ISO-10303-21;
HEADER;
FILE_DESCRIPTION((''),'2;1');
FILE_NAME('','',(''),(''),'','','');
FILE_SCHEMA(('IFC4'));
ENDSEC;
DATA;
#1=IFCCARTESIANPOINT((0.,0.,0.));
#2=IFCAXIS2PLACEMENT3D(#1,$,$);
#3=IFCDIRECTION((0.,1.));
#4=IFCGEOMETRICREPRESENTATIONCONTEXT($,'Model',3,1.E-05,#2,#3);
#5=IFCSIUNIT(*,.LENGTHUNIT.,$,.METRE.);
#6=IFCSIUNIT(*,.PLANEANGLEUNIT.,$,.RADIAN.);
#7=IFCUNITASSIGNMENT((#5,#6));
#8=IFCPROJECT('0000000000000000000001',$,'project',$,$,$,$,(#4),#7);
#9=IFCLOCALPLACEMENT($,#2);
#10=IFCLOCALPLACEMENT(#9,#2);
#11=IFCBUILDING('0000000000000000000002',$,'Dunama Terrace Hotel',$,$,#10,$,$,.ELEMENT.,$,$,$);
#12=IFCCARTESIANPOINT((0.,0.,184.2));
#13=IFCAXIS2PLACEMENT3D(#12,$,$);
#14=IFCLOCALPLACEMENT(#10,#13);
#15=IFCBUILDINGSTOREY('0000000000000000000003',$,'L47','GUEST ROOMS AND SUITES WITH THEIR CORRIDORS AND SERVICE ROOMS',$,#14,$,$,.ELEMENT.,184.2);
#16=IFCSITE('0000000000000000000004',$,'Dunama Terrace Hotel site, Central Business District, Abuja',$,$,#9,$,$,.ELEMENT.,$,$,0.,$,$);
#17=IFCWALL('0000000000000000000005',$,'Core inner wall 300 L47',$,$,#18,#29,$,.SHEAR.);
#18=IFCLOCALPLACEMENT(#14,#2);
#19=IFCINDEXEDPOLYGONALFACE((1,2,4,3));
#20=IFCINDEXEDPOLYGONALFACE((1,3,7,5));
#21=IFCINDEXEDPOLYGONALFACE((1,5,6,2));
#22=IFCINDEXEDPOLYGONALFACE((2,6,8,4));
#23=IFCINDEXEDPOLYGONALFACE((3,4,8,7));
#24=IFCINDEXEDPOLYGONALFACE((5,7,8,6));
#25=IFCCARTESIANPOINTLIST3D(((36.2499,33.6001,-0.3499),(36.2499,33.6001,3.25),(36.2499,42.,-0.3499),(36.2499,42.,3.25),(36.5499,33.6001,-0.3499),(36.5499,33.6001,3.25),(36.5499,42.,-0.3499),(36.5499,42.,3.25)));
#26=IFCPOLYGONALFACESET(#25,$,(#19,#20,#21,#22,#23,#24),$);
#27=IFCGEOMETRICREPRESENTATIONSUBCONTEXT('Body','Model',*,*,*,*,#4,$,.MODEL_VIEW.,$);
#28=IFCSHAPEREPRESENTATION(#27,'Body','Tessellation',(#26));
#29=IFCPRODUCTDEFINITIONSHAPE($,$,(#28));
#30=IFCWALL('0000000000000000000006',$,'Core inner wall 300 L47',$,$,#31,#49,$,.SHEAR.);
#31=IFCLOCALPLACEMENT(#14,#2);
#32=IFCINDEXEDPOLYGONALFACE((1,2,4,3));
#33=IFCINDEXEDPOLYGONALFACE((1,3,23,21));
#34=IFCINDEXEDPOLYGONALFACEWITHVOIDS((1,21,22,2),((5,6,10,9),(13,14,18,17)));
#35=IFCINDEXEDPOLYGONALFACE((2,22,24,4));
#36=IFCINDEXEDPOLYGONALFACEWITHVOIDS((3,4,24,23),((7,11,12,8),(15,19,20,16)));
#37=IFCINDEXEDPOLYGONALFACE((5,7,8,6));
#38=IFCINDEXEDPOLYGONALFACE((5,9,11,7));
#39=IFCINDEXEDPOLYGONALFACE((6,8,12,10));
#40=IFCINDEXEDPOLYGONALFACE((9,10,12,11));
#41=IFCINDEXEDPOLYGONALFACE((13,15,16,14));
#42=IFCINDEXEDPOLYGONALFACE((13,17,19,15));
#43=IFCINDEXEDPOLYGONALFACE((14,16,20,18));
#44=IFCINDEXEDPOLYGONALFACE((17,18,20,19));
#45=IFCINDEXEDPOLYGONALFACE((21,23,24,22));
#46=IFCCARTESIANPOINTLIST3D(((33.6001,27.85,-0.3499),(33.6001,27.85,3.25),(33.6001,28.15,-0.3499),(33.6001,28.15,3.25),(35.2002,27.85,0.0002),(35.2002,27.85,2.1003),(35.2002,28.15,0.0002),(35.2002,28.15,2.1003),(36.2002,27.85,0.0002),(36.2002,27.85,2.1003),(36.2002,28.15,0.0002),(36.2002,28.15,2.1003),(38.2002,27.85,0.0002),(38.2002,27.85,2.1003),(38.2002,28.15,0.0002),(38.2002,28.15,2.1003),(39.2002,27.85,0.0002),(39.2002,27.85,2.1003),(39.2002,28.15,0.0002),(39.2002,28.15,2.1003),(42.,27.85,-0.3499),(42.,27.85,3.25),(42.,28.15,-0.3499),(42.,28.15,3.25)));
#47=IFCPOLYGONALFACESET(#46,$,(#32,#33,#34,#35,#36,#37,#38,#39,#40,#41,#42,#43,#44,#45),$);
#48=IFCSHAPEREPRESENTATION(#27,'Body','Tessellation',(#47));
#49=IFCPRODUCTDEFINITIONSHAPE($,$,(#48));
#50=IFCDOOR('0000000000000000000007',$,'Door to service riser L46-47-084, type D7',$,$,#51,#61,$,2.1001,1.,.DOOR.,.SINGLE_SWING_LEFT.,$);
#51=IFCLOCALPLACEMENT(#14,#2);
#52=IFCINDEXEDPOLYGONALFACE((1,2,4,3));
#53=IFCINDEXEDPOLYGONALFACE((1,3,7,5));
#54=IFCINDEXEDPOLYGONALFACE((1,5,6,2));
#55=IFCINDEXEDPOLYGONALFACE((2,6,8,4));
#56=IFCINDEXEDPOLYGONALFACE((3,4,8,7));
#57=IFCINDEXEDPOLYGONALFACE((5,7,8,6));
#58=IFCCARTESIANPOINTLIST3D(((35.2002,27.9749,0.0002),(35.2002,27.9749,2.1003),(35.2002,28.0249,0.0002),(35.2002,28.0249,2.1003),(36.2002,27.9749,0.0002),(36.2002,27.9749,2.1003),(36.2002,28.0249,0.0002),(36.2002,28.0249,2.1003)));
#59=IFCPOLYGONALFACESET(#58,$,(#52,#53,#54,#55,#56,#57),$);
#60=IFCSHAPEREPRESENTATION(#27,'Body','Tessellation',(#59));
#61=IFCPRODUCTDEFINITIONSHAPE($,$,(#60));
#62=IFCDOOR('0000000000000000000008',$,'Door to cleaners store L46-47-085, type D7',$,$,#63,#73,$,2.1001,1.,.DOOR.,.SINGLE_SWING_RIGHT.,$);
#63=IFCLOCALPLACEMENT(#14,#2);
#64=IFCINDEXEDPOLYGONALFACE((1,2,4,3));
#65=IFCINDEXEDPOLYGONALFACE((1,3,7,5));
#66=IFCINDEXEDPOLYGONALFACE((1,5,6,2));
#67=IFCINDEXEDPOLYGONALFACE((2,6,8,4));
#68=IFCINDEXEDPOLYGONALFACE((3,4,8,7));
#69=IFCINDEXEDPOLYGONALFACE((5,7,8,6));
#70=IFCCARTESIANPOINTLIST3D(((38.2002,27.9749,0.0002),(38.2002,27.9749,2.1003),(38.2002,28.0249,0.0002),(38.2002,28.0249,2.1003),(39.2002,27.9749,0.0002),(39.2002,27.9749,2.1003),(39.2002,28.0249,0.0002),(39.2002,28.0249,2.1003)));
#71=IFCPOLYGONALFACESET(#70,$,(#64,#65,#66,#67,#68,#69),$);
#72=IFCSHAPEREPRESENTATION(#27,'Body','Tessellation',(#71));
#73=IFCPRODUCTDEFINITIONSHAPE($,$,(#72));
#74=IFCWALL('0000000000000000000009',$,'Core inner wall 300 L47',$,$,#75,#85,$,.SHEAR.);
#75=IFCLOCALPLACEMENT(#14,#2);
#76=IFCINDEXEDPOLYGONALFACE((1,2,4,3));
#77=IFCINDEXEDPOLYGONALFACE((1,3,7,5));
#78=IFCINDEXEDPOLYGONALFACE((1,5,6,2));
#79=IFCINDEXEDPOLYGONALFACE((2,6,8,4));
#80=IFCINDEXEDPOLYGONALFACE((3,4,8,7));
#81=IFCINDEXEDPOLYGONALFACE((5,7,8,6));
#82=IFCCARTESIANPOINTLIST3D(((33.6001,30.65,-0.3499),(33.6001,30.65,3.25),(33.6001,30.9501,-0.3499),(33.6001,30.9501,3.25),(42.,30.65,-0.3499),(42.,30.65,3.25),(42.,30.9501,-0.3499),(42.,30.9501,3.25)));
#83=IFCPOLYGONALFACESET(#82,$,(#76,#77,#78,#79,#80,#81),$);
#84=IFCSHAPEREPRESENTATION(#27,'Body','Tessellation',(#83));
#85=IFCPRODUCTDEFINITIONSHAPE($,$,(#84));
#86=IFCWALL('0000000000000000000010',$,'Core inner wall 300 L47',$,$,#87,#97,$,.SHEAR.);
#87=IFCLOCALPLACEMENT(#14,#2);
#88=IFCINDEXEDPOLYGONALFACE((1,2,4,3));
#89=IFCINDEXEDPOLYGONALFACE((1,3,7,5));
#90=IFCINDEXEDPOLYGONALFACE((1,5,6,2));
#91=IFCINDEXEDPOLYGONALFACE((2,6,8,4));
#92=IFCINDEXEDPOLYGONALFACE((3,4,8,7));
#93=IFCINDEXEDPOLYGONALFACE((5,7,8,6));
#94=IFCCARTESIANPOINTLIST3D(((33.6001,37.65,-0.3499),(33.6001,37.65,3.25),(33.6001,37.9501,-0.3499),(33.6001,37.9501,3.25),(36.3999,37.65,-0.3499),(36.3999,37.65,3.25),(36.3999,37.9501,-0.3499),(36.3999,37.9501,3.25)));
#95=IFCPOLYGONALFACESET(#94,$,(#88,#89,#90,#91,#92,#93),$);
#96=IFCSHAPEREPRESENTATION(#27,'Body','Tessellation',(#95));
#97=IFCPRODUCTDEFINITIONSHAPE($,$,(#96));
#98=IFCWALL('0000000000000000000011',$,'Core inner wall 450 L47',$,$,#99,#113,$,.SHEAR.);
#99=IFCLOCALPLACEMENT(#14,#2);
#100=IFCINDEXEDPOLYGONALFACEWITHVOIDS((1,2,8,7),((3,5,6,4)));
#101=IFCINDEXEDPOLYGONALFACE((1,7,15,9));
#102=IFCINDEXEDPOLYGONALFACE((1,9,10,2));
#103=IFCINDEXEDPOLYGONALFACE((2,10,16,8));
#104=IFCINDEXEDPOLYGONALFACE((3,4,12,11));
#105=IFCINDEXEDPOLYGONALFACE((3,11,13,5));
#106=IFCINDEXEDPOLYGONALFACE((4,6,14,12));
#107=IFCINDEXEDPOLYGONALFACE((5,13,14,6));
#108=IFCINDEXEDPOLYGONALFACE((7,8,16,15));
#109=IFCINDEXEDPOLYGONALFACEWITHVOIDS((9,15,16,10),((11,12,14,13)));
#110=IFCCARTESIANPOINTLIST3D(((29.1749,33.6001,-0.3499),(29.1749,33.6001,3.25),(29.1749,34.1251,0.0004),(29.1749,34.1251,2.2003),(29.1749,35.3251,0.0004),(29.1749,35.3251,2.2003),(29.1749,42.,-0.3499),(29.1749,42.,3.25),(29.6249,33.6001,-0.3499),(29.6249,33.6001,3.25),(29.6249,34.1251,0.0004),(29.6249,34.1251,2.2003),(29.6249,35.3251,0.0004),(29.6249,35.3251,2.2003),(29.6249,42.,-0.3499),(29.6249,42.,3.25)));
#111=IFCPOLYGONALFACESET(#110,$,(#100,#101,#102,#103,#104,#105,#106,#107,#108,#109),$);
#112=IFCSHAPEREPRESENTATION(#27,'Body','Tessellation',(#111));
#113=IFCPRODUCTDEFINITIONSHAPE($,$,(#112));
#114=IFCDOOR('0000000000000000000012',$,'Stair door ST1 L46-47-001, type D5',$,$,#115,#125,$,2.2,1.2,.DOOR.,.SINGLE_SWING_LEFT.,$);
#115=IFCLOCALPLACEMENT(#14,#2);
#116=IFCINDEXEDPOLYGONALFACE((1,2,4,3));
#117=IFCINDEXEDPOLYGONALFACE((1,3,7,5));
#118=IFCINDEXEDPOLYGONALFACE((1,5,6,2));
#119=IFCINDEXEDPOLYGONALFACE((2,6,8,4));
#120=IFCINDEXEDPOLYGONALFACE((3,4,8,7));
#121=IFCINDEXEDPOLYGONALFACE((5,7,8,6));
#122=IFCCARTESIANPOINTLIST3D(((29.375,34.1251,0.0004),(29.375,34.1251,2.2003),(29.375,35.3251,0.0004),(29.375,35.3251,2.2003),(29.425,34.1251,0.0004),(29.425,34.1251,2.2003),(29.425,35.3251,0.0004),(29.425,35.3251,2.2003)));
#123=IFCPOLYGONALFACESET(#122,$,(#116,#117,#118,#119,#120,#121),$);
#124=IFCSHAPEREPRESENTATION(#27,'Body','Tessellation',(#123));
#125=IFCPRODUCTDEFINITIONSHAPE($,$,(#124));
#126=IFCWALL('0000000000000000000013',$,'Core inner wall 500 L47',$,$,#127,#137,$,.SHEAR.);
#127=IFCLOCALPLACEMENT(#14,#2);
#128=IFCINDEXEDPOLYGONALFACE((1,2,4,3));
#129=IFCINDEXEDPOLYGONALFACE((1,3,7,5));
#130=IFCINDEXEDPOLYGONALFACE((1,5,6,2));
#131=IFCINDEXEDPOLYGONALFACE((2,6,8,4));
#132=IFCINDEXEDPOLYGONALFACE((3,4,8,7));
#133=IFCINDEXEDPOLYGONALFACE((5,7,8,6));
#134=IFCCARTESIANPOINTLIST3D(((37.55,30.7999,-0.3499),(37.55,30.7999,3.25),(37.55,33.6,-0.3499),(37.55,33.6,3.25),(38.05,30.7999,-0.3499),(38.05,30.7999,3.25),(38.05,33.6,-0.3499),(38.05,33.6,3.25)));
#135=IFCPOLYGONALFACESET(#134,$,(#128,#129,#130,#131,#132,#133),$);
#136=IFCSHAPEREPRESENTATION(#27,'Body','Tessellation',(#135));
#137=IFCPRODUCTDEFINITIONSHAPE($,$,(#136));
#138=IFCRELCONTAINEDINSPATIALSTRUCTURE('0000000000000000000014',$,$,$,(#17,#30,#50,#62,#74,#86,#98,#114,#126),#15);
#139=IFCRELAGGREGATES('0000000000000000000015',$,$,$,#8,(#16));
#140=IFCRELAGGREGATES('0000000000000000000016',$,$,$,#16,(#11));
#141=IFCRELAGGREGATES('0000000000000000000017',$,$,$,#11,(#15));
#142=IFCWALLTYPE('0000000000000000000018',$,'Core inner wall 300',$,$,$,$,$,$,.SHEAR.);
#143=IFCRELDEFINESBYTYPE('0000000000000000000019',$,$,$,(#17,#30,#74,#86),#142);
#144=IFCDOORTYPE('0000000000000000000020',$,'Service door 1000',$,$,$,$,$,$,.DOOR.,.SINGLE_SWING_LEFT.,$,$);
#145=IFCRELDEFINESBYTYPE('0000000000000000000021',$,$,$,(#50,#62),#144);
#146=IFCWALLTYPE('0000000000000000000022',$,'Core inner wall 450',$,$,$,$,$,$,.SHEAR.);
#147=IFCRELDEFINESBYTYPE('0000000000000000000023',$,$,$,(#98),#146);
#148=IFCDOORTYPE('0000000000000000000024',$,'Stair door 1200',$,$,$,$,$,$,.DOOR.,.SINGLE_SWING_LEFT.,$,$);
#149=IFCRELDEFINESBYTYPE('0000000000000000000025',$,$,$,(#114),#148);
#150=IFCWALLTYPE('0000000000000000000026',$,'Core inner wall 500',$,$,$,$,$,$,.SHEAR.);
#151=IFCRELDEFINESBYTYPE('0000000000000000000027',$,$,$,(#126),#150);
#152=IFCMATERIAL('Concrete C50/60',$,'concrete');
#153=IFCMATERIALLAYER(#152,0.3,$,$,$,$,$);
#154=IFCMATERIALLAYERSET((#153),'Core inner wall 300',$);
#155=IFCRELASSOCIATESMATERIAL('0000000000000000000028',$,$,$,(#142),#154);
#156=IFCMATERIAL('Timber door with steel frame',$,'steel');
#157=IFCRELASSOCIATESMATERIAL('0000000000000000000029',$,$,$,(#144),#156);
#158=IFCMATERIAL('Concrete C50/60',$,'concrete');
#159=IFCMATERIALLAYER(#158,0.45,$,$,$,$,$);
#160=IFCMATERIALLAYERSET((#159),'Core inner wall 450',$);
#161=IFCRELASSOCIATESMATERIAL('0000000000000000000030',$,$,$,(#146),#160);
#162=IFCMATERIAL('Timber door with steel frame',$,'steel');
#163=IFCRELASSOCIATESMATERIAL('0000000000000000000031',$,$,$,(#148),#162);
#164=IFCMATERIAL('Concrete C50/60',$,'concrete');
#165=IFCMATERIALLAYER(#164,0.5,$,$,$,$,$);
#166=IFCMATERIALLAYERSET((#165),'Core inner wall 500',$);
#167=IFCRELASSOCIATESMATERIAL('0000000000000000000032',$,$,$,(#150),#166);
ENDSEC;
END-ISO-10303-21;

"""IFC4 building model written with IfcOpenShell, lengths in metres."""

from ifc_helpers import new_model, si_unit, direction, frame, frame_2d, origin, place, context, subcontext, project, spatial, rectangle, extrude, material, layer, layer_set, type_object, element, fill, save


model = new_model("IFC4")

# Units and contexts
model_context = context("Model", 3, precision=1e-05, world=origin(), true_north=direction((0.0, 1.0)))
body_context = subcontext(model_context, "Body", "Model", "MODEL_VIEW")
ifc_project = project(units=[si_unit("LENGTHUNIT", "METRE"), si_unit("PLANEANGLEUNIT", "RADIAN")], contexts=[model_context])

# Site, building, storey
site_placement = place(None, origin())
site = spatial("IfcSite", under=ifc_project, at=site_placement, Name="Dunama Terrace Hotel site, Central Business District, Abuja", CompositionType="ELEMENT", RefElevation=0.0)
building_placement = place(site_placement, origin())
building = spatial("IfcBuilding", under=site, at=building_placement, Name="Dunama Terrace Hotel", CompositionType="ELEMENT")
storey_placement = place(building_placement, frame((0.0, 0.0, 184.2)))
storey = spatial("IfcBuildingStorey", under=building, at=storey_placement, Name="L47", Description="GUEST ROOMS AND SUITES WITH THEIR CORRIDORS AND SERVICE ROOMS", CompositionType="ELEMENT", Elevation=184.2)

# Wall
ifc_material_1 = material(Name="Concrete C50/60", Category="concrete")
ifc_layer_1 = layer(ifc_material_1, 0.3)
ifc_layer_set_1 = layer_set([ifc_layer_1], Name="Core inner wall 300")
wall_type_1 = type_object("IfcWallType", Name="Core inner wall 300", PredefinedType="SHEAR", material=ifc_layer_set_1)
wall_1_placement = place(storey_placement, frame((36.3999, 33.6001, -0.3499), z_axis=(0.0, 0.0, 1.0), x_axis=(0.0, 1.0, 0.0)))
element("IfcWall", 1, at=wall_1_placement, inside=storey, type_object=wall_type_1, Name="Core inner wall 300 L47", PredefinedType="SHEAR", context=body_context, shape_type="SweptSolid", body=[
    extrude(rectangle(XDim=8.3999, YDim=0.3, at=frame_2d((4.2, 0.0))), origin(), (0.0, 0.0, 1.0), 3.5999),
])

# Wall, openings, doors
wall_2_placement = place(storey_placement, frame((33.6001, 28.0, -0.3499), z_axis=(0.0, 0.0, 1.0), x_axis=(1.0, 0.0, 0.0)))
wall_2 = element("IfcWall", 2, at=wall_2_placement, inside=storey, type_object=wall_type_1, Name="Core inner wall 300 L47", PredefinedType="SHEAR", context=body_context, shape_type="SweptSolid", body=[
    extrude(rectangle(XDim=8.3999, YDim=0.3, at=frame_2d((4.2, 0.0))), origin(), (0.0, 0.0, 1.0), 3.5999),
])
opening_1_placement = place(wall_2_placement, frame((1.6001, 0.0, 0.3501)))
opening_1 = element("IfcOpeningElement", 3, at=opening_1_placement, cuts=wall_2, PredefinedType="OPENING", context=body_context, shape_type="SweptSolid", body=[
    extrude(rectangle(XDim=1.0, YDim=2.1001, at=frame_2d((0.5, 1.05))), frame((0.0, 0.1599, 0.0), z_axis=(0.0, -1.0, 0.0), x_axis=(1.0, 0.0, 0.0)), (0.0, 0.0, 1.0), 0.3201),
])
opening_2_placement = place(wall_2_placement, frame((4.6001, 0.0, 0.3501)))
opening_2 = element("IfcOpeningElement", 4, at=opening_2_placement, cuts=wall_2, PredefinedType="OPENING", context=body_context, shape_type="SweptSolid", body=[
    extrude(rectangle(XDim=1.0, YDim=2.1001, at=frame_2d((0.5, 1.05))), frame((0.0, 0.1599, 0.0), z_axis=(0.0, -1.0, 0.0), x_axis=(1.0, 0.0, 0.0)), (0.0, 0.0, 1.0), 0.3201),
])
ifc_material_2 = material(Name="Timber door with steel frame", Category="steel")
door_type_1 = type_object("IfcDoorType", Name="Service door 1000", OperationType="SINGLE_SWING_LEFT", PredefinedType="DOOR", material=ifc_material_2)
door_1_placement = place(opening_1_placement, frame((1.0, 0.0, 0.0), z_axis=(0.0, 0.0, 1.0), x_axis=(-1.0, 0.0, 0.0)))
door_1 = element("IfcDoor", 5, at=door_1_placement, inside=storey, type_object=door_type_1, Name="Door to service riser L46-47-084, type D7", OperationType="SINGLE_SWING_LEFT", OverallHeight=2.1001, OverallWidth=1.0, PredefinedType="DOOR", context=body_context, shape_type="SweptSolid", body=[
    extrude(rectangle(XDim=1.0, YDim=2.1001, at=frame_2d((0.5, 1.05))), frame((0.0, 0.0251, 0.0), z_axis=(0.0, -1.0, 0.0), x_axis=(1.0, 0.0, 0.0)), (0.0, 0.0, 1.0), 0.05),
])
fill(opening_1, door_1)
door_2_placement = place(opening_2_placement, frame((1.0, 0.0, 0.0), z_axis=(0.0, 0.0, 1.0), x_axis=(-1.0, 0.0, 0.0)))
door_2 = element("IfcDoor", 6, at=door_2_placement, inside=storey, type_object=door_type_1, Name="Door to cleaners store L46-47-085, type D7", OperationType="SINGLE_SWING_RIGHT", OverallHeight=2.1001, OverallWidth=1.0, PredefinedType="DOOR", context=body_context, shape_type="SweptSolid", body=[
    extrude(rectangle(XDim=1.0, YDim=2.1001, at=frame_2d((0.5, 1.05))), frame((0.0, 0.0251, 0.0), z_axis=(0.0, -1.0, 0.0), x_axis=(1.0, 0.0, 0.0)), (0.0, 0.0, 1.0), 0.05),
])
fill(opening_2, door_2)

# Walls
wall_3_placement = place(storey_placement, frame((33.6001, 30.8, -0.3499), z_axis=(0.0, 0.0, 1.0), x_axis=(1.0, 0.0, 0.0)))
element("IfcWall", 7, at=wall_3_placement, inside=storey, type_object=wall_type_1, Name="Core inner wall 300 L47", PredefinedType="SHEAR", context=body_context, shape_type="SweptSolid", body=[
    extrude(rectangle(XDim=8.3999, YDim=0.3, at=frame_2d((4.2, 0.0))), origin(), (0.0, 0.0, 1.0), 3.5999),
])
wall_4_placement = place(storey_placement, frame((33.6001, 37.8, -0.3499), z_axis=(0.0, 0.0, 1.0), x_axis=(1.0, 0.0, 0.0)))
element("IfcWall", 8, at=wall_4_placement, inside=storey, type_object=wall_type_1, Name="Core inner wall 300 L47", PredefinedType="SHEAR", context=body_context, shape_type="SweptSolid", body=[
    extrude(rectangle(XDim=2.7998, YDim=0.3, at=frame_2d((1.3999, 0.0))), origin(), (0.0, 0.0, 1.0), 3.5999),
])

# Wall, opening, door
ifc_material_3 = material(Name="Concrete C50/60", Category="concrete")
ifc_layer_2 = layer(ifc_material_3, 0.45)
ifc_layer_set_2 = layer_set([ifc_layer_2], Name="Core inner wall 450")
wall_type_2 = type_object("IfcWallType", Name="Core inner wall 450", PredefinedType="SHEAR", material=ifc_layer_set_2)
wall_5_placement = place(storey_placement, frame((29.3999, 33.6001, -0.3499), z_axis=(0.0, 0.0, 1.0), x_axis=(0.0, 1.0, 0.0)))
wall_5 = element("IfcWall", 9, at=wall_5_placement, inside=storey, type_object=wall_type_2, Name="Core inner wall 450 L47", PredefinedType="SHEAR", context=body_context, shape_type="SweptSolid", body=[
    extrude(rectangle(XDim=8.3999, YDim=0.45, at=frame_2d((4.2, 0.0))), origin(), (0.0, 0.0, 1.0), 3.5999),
])
opening_3_placement = place(wall_5_placement, frame((0.5249, 0.0, 0.3501)))
opening_3 = element("IfcOpeningElement", 10, at=opening_3_placement, cuts=wall_5, PredefinedType="OPENING", context=body_context, shape_type="SweptSolid", body=[
    extrude(rectangle(XDim=1.2, YDim=2.2, at=frame_2d((0.6001, 1.1001))), frame((0.0, 0.2349, 0.0), z_axis=(0.0, -1.0, 0.0), x_axis=(1.0, 0.0, 0.0)), (0.0, 0.0, 1.0), 0.47),
])
ifc_material_4 = material(Name="Timber door with steel frame", Category="steel")
door_type_2 = type_object("IfcDoorType", Name="Stair door 1200", OperationType="SINGLE_SWING_LEFT", PredefinedType="DOOR", material=ifc_material_4)
door_3_placement = place(opening_3_placement, origin())
door_3 = element("IfcDoor", 11, at=door_3_placement, inside=storey, type_object=door_type_2, Name="Stair door ST1 L46-47-001, type D5", OperationType="SINGLE_SWING_LEFT", OverallHeight=2.2, OverallWidth=1.2, PredefinedType="DOOR", context=body_context, shape_type="SweptSolid", body=[
    extrude(rectangle(XDim=1.2, YDim=2.2, at=frame_2d((0.6001, 1.1001))), frame((0.0, 0.0249, 0.0), z_axis=(0.0, -1.0, 0.0), x_axis=(1.0, 0.0, 0.0)), (0.0, 0.0, 1.0), 0.05),
])
fill(opening_3, door_3)

# Wall
ifc_material_5 = material(Name="Concrete C50/60", Category="concrete")
ifc_layer_3 = layer(ifc_material_5, 0.5)
ifc_layer_set_3 = layer_set([ifc_layer_3], Name="Core inner wall 500")
wall_type_3 = type_object("IfcWallType", Name="Core inner wall 500", PredefinedType="SHEAR", material=ifc_layer_set_3)
wall_6_placement = place(storey_placement, frame((37.8, 30.8, -0.3499), z_axis=(0.0, 0.0, 1.0), x_axis=(0.0, 1.0, 0.0)))
element("IfcWall", 12, at=wall_6_placement, inside=storey, type_object=wall_type_3, Name="Core inner wall 500 L47", PredefinedType="SHEAR", context=body_context, shape_type="SweptSolid", body=[
    extrude(rectangle(XDim=2.8, YDim=0.5, at=frame_2d((1.3999, 0.0))), origin(), (0.0, 0.0, 1.0), 3.5999),
])

save(model, "model.ifc")
